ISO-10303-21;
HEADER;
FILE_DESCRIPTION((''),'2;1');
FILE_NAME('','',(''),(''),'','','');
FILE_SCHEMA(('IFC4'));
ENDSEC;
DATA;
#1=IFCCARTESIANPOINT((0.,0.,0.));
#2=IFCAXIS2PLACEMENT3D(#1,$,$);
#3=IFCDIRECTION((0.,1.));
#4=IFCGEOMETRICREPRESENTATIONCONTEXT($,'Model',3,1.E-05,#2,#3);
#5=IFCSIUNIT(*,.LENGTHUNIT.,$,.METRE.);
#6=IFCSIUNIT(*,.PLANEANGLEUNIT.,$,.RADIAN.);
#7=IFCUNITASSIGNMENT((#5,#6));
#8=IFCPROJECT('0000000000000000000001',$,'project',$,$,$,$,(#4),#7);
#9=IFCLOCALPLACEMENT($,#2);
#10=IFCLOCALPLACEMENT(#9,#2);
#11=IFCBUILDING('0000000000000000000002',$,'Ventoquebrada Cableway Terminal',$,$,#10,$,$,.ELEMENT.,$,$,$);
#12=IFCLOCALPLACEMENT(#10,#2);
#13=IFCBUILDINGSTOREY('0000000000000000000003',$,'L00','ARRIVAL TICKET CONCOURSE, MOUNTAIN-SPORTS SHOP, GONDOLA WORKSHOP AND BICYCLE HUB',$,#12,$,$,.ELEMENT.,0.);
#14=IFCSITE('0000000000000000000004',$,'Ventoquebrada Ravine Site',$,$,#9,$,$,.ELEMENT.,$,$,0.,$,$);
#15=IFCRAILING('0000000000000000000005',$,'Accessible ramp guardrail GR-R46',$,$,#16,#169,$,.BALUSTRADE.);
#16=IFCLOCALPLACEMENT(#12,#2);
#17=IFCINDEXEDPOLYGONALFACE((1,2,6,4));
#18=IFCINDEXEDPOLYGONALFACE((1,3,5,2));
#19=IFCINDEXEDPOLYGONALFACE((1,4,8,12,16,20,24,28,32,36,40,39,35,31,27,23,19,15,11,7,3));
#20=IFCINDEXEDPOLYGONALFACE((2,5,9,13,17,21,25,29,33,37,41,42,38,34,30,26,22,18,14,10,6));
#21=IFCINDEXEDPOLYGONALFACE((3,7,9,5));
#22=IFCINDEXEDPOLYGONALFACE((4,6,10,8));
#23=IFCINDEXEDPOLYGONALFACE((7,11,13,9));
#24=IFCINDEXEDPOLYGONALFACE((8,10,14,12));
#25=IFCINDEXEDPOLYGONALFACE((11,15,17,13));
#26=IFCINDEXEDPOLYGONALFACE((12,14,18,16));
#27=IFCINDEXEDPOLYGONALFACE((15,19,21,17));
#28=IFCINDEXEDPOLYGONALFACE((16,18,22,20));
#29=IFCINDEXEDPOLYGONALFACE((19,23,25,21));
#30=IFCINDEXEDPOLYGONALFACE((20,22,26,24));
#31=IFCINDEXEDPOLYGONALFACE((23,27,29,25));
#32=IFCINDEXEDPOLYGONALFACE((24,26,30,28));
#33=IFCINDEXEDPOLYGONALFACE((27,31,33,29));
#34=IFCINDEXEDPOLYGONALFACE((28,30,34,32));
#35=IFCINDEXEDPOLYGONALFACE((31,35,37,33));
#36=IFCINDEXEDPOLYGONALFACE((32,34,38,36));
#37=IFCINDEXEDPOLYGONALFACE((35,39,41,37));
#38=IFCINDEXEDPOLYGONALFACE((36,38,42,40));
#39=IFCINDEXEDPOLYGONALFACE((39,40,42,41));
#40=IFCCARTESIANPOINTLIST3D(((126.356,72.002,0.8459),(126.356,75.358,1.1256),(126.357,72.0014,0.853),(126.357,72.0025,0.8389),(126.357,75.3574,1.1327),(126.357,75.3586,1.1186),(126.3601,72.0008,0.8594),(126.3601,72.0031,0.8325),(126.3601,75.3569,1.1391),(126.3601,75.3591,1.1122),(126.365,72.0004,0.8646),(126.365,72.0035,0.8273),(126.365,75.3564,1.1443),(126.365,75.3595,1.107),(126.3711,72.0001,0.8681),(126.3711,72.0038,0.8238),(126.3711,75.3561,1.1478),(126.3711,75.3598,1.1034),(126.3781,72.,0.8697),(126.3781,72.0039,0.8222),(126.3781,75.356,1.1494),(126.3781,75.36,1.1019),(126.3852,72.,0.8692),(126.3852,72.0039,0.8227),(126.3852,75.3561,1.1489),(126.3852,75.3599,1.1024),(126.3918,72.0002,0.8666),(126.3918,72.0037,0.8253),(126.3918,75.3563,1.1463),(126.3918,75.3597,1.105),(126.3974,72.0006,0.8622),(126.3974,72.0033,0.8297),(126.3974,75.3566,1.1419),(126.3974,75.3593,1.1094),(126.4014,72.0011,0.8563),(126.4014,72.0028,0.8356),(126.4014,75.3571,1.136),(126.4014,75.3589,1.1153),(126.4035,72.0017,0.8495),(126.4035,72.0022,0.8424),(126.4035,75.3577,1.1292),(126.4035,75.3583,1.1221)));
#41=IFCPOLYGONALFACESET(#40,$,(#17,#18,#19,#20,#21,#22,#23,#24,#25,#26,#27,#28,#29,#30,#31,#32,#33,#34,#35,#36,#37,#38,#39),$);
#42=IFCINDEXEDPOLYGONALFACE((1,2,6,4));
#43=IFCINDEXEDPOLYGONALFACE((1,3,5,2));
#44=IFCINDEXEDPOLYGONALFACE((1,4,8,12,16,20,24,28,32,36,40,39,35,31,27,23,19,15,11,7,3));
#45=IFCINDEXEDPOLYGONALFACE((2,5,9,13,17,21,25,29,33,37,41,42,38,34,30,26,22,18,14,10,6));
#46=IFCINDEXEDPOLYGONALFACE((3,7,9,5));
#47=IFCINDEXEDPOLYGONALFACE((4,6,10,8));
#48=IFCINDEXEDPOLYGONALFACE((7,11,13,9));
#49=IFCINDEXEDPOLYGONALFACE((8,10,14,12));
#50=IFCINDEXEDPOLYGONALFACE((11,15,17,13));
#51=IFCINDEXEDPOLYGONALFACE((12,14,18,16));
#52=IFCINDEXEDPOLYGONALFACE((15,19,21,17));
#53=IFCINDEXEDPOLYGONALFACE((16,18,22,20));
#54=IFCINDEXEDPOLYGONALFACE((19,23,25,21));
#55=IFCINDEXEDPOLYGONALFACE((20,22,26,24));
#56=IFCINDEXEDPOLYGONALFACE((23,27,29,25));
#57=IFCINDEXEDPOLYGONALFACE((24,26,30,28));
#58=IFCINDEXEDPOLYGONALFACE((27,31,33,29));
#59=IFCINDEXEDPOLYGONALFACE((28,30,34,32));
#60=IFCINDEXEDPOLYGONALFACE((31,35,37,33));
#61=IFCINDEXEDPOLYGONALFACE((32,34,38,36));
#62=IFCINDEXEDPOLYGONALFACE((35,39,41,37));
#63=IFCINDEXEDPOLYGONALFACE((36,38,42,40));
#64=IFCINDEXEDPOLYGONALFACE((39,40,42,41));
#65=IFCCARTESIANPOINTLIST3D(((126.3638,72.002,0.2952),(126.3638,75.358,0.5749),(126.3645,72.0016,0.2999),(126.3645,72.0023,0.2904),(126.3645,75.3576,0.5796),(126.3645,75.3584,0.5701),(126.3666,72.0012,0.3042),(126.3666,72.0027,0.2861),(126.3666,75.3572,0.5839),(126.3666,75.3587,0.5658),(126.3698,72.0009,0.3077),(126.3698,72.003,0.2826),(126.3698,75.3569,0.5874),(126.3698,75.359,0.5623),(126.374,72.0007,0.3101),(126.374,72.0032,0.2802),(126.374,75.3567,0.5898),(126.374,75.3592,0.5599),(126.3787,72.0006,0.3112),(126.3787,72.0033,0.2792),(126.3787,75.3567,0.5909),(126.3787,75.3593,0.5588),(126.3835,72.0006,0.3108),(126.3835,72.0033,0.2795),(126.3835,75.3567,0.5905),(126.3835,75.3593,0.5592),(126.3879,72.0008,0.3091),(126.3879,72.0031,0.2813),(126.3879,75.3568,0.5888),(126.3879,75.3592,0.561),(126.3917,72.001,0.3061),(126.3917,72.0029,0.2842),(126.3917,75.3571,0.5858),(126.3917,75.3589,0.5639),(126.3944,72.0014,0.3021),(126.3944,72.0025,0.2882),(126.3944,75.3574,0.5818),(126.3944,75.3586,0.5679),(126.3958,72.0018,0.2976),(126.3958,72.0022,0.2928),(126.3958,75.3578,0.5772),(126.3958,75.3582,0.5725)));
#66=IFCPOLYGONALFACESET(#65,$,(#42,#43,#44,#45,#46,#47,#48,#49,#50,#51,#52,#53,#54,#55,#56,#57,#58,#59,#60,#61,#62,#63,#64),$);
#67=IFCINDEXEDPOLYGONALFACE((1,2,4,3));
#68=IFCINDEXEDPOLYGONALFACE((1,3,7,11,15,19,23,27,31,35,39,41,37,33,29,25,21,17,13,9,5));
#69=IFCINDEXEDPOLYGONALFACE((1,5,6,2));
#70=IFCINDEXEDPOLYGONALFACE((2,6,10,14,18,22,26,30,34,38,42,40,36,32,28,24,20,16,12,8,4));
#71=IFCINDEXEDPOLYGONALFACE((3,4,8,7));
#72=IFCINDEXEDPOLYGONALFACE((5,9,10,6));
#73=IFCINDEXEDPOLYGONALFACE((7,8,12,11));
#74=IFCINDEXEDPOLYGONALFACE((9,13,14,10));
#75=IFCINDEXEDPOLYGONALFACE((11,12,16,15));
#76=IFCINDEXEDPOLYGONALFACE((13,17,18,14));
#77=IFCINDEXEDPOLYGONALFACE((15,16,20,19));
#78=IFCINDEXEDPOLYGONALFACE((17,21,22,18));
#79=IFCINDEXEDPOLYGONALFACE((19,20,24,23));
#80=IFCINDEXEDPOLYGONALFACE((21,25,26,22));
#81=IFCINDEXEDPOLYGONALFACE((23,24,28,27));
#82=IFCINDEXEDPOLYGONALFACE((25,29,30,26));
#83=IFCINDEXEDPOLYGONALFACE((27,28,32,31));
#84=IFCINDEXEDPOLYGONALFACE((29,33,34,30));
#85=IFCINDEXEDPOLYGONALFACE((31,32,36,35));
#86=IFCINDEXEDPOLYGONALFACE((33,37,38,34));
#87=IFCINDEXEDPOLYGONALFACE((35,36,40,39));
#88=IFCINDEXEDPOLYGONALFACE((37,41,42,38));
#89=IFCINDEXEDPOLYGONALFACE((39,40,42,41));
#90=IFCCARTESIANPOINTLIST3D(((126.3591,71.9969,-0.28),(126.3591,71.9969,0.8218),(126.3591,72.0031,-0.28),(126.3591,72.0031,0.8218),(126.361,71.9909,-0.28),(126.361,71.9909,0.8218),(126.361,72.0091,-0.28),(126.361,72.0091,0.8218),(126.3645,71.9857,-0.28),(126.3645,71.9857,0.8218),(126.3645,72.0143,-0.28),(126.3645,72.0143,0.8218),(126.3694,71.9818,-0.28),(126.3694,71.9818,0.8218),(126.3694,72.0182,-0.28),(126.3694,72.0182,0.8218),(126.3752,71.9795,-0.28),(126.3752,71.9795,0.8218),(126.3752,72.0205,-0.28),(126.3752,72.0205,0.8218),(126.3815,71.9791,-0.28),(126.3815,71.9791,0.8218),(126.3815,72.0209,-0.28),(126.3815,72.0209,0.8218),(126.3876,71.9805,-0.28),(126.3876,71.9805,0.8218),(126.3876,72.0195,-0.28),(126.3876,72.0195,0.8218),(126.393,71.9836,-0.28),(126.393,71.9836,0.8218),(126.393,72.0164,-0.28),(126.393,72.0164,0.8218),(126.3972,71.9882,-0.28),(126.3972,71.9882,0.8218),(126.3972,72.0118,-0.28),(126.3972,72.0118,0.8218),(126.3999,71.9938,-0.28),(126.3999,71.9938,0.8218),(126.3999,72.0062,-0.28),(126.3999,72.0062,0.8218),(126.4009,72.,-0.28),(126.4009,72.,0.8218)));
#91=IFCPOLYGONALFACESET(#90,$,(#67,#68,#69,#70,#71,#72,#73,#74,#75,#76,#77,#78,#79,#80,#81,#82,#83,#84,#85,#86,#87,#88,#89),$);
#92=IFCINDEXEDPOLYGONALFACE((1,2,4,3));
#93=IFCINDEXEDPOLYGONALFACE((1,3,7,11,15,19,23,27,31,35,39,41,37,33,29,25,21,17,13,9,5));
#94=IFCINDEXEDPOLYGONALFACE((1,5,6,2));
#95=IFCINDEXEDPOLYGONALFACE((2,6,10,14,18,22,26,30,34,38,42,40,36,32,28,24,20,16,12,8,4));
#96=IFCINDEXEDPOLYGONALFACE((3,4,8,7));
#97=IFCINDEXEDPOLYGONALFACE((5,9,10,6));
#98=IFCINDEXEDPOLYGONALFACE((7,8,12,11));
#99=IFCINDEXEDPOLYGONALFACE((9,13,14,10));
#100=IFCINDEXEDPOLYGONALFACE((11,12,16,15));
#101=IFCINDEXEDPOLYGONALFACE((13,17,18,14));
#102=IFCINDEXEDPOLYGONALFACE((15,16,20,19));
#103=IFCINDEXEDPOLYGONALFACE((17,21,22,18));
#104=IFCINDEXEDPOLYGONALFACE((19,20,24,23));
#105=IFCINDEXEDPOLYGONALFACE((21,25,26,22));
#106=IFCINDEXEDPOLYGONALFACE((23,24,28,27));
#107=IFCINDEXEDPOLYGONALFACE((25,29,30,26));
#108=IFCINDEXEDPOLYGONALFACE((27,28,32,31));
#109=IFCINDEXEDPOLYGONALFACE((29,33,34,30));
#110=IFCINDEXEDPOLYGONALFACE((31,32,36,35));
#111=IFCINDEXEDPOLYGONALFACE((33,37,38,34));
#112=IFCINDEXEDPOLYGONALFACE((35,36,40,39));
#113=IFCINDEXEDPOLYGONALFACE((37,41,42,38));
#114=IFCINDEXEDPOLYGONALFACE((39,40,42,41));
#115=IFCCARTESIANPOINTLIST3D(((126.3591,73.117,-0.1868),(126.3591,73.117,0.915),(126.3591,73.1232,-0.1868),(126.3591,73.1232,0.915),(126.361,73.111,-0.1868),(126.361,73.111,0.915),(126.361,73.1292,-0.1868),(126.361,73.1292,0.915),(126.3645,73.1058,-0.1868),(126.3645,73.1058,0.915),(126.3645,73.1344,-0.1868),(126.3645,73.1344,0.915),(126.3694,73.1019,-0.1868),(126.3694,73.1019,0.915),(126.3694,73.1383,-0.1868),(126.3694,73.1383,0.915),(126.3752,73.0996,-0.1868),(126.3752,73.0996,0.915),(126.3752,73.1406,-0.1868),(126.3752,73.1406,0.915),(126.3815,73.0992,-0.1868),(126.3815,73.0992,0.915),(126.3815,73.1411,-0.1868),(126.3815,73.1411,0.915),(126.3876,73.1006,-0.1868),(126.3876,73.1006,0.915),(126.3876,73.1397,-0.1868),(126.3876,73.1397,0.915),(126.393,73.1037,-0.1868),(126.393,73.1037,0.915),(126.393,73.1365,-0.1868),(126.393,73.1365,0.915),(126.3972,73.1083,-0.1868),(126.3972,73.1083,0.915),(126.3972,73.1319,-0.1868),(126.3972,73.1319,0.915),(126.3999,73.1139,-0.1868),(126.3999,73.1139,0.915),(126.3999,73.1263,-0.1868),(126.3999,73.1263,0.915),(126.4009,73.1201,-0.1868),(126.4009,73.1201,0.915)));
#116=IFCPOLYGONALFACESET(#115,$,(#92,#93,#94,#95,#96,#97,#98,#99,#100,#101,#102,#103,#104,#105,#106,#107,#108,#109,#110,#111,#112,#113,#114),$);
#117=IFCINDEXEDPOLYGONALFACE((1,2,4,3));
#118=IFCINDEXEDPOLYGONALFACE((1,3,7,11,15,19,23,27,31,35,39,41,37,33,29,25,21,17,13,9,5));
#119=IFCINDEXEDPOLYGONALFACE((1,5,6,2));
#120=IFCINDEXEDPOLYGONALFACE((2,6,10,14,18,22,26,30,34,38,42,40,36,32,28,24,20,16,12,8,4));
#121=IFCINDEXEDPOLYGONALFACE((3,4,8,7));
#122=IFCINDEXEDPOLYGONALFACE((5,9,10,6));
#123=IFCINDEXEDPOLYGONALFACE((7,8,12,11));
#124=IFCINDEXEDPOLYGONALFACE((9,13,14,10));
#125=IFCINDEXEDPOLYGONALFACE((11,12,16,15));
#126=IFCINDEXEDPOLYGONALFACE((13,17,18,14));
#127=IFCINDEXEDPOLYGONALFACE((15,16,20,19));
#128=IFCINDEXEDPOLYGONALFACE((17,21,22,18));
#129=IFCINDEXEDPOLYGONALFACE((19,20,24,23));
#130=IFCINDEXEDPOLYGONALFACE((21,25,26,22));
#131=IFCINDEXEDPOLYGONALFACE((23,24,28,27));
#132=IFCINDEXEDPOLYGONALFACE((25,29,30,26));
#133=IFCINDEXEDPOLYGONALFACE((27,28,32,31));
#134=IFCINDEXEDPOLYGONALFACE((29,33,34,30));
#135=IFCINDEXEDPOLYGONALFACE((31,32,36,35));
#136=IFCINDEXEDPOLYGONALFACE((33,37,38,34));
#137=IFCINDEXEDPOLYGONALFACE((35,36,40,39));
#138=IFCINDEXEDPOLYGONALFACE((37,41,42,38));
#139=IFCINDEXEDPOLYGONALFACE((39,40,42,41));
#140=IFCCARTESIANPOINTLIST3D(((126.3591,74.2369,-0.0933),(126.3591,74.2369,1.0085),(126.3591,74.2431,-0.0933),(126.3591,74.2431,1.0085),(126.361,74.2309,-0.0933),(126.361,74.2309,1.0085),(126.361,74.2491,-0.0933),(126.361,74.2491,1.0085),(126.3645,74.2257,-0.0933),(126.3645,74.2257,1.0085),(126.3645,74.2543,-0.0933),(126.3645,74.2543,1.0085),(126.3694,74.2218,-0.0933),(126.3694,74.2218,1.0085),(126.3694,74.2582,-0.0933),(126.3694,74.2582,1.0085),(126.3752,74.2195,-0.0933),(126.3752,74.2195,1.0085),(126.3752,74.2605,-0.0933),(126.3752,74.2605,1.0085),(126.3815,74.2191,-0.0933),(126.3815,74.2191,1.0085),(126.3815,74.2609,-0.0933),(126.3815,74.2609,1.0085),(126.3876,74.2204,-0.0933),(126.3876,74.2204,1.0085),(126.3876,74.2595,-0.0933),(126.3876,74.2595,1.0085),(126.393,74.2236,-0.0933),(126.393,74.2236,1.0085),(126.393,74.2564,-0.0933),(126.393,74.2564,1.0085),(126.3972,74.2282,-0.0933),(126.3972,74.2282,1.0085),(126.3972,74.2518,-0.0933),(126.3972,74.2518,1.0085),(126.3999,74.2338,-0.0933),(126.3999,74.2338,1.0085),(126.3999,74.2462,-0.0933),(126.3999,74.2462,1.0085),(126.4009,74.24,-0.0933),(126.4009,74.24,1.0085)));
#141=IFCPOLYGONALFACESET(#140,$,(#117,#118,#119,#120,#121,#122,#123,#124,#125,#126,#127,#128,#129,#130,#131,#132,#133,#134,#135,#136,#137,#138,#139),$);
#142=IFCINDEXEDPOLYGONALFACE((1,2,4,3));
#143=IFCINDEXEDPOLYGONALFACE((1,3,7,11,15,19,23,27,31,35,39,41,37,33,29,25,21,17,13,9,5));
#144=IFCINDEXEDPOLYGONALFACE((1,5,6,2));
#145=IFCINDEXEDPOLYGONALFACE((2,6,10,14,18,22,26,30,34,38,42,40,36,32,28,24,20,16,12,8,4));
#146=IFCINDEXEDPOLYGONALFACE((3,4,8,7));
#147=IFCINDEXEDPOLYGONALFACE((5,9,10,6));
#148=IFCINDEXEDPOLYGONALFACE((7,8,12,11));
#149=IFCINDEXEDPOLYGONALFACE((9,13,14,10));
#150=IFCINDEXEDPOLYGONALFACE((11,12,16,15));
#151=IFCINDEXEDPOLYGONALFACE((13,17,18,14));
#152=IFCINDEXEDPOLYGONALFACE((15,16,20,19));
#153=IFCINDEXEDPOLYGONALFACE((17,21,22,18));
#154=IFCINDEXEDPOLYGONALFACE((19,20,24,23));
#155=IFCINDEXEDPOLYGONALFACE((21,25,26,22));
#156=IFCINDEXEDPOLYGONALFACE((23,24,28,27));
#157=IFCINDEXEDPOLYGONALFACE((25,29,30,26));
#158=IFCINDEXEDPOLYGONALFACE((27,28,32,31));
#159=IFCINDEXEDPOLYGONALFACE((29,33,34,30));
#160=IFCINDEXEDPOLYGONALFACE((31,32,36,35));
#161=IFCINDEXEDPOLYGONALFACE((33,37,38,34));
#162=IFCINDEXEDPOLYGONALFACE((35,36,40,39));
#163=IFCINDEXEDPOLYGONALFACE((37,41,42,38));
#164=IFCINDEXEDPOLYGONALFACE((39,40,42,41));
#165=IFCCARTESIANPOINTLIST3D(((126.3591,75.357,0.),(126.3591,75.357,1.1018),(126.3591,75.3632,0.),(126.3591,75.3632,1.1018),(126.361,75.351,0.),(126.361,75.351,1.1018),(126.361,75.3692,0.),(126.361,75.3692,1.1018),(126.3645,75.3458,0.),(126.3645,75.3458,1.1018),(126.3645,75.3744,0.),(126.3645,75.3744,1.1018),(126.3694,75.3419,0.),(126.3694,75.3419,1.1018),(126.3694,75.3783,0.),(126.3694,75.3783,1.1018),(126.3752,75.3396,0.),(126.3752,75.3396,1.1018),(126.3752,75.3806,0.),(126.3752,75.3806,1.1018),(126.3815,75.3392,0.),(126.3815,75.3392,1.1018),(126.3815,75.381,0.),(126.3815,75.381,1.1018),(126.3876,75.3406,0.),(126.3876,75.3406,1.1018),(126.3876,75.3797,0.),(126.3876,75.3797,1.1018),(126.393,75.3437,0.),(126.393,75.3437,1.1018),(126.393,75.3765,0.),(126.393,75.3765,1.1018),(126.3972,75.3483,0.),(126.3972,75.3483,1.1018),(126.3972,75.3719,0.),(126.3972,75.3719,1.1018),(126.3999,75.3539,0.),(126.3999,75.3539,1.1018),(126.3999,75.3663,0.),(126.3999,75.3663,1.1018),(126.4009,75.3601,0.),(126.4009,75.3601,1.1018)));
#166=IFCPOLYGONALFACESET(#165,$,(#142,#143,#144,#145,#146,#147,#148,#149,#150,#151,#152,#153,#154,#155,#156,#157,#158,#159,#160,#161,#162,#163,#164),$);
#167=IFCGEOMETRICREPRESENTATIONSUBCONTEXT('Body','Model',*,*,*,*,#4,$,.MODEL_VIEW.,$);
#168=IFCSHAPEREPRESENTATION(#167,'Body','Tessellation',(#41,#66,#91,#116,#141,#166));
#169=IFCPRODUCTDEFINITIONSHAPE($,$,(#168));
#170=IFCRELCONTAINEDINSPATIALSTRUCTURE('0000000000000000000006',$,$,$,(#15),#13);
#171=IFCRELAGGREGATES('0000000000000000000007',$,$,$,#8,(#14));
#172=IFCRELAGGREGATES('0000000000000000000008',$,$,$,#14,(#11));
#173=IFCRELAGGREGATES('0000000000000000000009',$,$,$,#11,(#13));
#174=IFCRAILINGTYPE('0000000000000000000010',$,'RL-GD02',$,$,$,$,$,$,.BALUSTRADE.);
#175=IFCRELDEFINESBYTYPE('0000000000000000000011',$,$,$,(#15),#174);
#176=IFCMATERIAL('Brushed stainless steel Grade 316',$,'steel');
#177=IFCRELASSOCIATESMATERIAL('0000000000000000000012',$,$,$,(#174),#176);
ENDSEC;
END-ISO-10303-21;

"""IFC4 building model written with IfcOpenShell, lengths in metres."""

from ifc_helpers import new_model, si_unit, direction, frame, origin, origin_2d, place, context, subcontext, project, spatial, circle, extrude, material, type_object, element, save


model = new_model("IFC4")

# Units and contexts
model_context = context("Model", 3, precision=1e-05, world=origin(), true_north=direction((0.0, 1.0)))
body_context = subcontext(model_context, "Body", "Model", "MODEL_VIEW")
ifc_project = project(units=[si_unit("LENGTHUNIT", "METRE"), si_unit("PLANEANGLEUNIT", "RADIAN")], contexts=[model_context])

# Site, building, storey
site_placement = place(None, origin())
site = spatial("IfcSite", under=ifc_project, at=site_placement, Name="Ventoquebrada Ravine Site", CompositionType="ELEMENT", RefElevation=0.0)
building_placement = place(site_placement, origin())
building = spatial("IfcBuilding", under=site, at=building_placement, Name="Ventoquebrada Cableway Terminal", CompositionType="ELEMENT")
storey_placement = place(building_placement, origin())
storey = spatial("IfcBuildingStorey", under=building, at=storey_placement, Name="L00", Description="ARRIVAL TICKET CONCOURSE, MOUNTAIN-SPORTS SHOP, GONDOLA WORKSHOP AND BICYCLE HUB", CompositionType="ELEMENT", Elevation=0.0)

# Railing
ifc_material_1 = material(Name="Brushed stainless steel Grade 316", Category="steel")
railing_type = type_object("IfcRailingType", Name="RL-GD02", PredefinedType="BALUSTRADE", material=ifc_material_1)
for number, where, name in (
    (1, (126.3799, 72.0, -0.28), "Accessible ramp guardrail GR-R46"),
):
    element("IfcRailing", number, at=place(storey_placement, frame(where)), inside=storey, type_object=railing_type, Name=name, PredefinedType="BALUSTRADE", context=body_context, shape_type="SweptSolid", body=[
        extrude(circle(Radius=0.0239, at=origin_2d()), frame((0.0, 0.002, 1.126), z_axis=(0.0, 0.996545, 0.083051), x_axis=(-1.0, 0.0, 0.0)), (0.0, 0.0, 1.0), 3.3677),
        extrude(circle(Radius=0.0161, at=origin_2d()), frame((0.0, 0.002, 0.5752), z_axis=(0.0, 0.996545, 0.083051), x_axis=(-1.0, 0.0, 0.0)), (0.0, 0.0, 1.0), 3.3677),
        extrude(circle(Radius=0.021, at=origin_2d()), origin(), (0.0, 0.0, 1.0), 1.1018),
        extrude(circle(Radius=0.021, at=origin_2d()), frame((0.0, 1.1201, 0.0933)), (0.0, 0.0, 1.0), 1.1018),
        extrude(circle(Radius=0.021, at=origin_2d()), frame((0.0, 2.24, 0.1868)), (0.0, 0.0, 1.0), 1.1018),
        extrude(circle(Radius=0.021, at=origin_2d()), frame((0.0, 3.3601, 0.28)), (0.0, 0.0, 1.0), 1.1018),
    ])

save(model, "model.ifc")
